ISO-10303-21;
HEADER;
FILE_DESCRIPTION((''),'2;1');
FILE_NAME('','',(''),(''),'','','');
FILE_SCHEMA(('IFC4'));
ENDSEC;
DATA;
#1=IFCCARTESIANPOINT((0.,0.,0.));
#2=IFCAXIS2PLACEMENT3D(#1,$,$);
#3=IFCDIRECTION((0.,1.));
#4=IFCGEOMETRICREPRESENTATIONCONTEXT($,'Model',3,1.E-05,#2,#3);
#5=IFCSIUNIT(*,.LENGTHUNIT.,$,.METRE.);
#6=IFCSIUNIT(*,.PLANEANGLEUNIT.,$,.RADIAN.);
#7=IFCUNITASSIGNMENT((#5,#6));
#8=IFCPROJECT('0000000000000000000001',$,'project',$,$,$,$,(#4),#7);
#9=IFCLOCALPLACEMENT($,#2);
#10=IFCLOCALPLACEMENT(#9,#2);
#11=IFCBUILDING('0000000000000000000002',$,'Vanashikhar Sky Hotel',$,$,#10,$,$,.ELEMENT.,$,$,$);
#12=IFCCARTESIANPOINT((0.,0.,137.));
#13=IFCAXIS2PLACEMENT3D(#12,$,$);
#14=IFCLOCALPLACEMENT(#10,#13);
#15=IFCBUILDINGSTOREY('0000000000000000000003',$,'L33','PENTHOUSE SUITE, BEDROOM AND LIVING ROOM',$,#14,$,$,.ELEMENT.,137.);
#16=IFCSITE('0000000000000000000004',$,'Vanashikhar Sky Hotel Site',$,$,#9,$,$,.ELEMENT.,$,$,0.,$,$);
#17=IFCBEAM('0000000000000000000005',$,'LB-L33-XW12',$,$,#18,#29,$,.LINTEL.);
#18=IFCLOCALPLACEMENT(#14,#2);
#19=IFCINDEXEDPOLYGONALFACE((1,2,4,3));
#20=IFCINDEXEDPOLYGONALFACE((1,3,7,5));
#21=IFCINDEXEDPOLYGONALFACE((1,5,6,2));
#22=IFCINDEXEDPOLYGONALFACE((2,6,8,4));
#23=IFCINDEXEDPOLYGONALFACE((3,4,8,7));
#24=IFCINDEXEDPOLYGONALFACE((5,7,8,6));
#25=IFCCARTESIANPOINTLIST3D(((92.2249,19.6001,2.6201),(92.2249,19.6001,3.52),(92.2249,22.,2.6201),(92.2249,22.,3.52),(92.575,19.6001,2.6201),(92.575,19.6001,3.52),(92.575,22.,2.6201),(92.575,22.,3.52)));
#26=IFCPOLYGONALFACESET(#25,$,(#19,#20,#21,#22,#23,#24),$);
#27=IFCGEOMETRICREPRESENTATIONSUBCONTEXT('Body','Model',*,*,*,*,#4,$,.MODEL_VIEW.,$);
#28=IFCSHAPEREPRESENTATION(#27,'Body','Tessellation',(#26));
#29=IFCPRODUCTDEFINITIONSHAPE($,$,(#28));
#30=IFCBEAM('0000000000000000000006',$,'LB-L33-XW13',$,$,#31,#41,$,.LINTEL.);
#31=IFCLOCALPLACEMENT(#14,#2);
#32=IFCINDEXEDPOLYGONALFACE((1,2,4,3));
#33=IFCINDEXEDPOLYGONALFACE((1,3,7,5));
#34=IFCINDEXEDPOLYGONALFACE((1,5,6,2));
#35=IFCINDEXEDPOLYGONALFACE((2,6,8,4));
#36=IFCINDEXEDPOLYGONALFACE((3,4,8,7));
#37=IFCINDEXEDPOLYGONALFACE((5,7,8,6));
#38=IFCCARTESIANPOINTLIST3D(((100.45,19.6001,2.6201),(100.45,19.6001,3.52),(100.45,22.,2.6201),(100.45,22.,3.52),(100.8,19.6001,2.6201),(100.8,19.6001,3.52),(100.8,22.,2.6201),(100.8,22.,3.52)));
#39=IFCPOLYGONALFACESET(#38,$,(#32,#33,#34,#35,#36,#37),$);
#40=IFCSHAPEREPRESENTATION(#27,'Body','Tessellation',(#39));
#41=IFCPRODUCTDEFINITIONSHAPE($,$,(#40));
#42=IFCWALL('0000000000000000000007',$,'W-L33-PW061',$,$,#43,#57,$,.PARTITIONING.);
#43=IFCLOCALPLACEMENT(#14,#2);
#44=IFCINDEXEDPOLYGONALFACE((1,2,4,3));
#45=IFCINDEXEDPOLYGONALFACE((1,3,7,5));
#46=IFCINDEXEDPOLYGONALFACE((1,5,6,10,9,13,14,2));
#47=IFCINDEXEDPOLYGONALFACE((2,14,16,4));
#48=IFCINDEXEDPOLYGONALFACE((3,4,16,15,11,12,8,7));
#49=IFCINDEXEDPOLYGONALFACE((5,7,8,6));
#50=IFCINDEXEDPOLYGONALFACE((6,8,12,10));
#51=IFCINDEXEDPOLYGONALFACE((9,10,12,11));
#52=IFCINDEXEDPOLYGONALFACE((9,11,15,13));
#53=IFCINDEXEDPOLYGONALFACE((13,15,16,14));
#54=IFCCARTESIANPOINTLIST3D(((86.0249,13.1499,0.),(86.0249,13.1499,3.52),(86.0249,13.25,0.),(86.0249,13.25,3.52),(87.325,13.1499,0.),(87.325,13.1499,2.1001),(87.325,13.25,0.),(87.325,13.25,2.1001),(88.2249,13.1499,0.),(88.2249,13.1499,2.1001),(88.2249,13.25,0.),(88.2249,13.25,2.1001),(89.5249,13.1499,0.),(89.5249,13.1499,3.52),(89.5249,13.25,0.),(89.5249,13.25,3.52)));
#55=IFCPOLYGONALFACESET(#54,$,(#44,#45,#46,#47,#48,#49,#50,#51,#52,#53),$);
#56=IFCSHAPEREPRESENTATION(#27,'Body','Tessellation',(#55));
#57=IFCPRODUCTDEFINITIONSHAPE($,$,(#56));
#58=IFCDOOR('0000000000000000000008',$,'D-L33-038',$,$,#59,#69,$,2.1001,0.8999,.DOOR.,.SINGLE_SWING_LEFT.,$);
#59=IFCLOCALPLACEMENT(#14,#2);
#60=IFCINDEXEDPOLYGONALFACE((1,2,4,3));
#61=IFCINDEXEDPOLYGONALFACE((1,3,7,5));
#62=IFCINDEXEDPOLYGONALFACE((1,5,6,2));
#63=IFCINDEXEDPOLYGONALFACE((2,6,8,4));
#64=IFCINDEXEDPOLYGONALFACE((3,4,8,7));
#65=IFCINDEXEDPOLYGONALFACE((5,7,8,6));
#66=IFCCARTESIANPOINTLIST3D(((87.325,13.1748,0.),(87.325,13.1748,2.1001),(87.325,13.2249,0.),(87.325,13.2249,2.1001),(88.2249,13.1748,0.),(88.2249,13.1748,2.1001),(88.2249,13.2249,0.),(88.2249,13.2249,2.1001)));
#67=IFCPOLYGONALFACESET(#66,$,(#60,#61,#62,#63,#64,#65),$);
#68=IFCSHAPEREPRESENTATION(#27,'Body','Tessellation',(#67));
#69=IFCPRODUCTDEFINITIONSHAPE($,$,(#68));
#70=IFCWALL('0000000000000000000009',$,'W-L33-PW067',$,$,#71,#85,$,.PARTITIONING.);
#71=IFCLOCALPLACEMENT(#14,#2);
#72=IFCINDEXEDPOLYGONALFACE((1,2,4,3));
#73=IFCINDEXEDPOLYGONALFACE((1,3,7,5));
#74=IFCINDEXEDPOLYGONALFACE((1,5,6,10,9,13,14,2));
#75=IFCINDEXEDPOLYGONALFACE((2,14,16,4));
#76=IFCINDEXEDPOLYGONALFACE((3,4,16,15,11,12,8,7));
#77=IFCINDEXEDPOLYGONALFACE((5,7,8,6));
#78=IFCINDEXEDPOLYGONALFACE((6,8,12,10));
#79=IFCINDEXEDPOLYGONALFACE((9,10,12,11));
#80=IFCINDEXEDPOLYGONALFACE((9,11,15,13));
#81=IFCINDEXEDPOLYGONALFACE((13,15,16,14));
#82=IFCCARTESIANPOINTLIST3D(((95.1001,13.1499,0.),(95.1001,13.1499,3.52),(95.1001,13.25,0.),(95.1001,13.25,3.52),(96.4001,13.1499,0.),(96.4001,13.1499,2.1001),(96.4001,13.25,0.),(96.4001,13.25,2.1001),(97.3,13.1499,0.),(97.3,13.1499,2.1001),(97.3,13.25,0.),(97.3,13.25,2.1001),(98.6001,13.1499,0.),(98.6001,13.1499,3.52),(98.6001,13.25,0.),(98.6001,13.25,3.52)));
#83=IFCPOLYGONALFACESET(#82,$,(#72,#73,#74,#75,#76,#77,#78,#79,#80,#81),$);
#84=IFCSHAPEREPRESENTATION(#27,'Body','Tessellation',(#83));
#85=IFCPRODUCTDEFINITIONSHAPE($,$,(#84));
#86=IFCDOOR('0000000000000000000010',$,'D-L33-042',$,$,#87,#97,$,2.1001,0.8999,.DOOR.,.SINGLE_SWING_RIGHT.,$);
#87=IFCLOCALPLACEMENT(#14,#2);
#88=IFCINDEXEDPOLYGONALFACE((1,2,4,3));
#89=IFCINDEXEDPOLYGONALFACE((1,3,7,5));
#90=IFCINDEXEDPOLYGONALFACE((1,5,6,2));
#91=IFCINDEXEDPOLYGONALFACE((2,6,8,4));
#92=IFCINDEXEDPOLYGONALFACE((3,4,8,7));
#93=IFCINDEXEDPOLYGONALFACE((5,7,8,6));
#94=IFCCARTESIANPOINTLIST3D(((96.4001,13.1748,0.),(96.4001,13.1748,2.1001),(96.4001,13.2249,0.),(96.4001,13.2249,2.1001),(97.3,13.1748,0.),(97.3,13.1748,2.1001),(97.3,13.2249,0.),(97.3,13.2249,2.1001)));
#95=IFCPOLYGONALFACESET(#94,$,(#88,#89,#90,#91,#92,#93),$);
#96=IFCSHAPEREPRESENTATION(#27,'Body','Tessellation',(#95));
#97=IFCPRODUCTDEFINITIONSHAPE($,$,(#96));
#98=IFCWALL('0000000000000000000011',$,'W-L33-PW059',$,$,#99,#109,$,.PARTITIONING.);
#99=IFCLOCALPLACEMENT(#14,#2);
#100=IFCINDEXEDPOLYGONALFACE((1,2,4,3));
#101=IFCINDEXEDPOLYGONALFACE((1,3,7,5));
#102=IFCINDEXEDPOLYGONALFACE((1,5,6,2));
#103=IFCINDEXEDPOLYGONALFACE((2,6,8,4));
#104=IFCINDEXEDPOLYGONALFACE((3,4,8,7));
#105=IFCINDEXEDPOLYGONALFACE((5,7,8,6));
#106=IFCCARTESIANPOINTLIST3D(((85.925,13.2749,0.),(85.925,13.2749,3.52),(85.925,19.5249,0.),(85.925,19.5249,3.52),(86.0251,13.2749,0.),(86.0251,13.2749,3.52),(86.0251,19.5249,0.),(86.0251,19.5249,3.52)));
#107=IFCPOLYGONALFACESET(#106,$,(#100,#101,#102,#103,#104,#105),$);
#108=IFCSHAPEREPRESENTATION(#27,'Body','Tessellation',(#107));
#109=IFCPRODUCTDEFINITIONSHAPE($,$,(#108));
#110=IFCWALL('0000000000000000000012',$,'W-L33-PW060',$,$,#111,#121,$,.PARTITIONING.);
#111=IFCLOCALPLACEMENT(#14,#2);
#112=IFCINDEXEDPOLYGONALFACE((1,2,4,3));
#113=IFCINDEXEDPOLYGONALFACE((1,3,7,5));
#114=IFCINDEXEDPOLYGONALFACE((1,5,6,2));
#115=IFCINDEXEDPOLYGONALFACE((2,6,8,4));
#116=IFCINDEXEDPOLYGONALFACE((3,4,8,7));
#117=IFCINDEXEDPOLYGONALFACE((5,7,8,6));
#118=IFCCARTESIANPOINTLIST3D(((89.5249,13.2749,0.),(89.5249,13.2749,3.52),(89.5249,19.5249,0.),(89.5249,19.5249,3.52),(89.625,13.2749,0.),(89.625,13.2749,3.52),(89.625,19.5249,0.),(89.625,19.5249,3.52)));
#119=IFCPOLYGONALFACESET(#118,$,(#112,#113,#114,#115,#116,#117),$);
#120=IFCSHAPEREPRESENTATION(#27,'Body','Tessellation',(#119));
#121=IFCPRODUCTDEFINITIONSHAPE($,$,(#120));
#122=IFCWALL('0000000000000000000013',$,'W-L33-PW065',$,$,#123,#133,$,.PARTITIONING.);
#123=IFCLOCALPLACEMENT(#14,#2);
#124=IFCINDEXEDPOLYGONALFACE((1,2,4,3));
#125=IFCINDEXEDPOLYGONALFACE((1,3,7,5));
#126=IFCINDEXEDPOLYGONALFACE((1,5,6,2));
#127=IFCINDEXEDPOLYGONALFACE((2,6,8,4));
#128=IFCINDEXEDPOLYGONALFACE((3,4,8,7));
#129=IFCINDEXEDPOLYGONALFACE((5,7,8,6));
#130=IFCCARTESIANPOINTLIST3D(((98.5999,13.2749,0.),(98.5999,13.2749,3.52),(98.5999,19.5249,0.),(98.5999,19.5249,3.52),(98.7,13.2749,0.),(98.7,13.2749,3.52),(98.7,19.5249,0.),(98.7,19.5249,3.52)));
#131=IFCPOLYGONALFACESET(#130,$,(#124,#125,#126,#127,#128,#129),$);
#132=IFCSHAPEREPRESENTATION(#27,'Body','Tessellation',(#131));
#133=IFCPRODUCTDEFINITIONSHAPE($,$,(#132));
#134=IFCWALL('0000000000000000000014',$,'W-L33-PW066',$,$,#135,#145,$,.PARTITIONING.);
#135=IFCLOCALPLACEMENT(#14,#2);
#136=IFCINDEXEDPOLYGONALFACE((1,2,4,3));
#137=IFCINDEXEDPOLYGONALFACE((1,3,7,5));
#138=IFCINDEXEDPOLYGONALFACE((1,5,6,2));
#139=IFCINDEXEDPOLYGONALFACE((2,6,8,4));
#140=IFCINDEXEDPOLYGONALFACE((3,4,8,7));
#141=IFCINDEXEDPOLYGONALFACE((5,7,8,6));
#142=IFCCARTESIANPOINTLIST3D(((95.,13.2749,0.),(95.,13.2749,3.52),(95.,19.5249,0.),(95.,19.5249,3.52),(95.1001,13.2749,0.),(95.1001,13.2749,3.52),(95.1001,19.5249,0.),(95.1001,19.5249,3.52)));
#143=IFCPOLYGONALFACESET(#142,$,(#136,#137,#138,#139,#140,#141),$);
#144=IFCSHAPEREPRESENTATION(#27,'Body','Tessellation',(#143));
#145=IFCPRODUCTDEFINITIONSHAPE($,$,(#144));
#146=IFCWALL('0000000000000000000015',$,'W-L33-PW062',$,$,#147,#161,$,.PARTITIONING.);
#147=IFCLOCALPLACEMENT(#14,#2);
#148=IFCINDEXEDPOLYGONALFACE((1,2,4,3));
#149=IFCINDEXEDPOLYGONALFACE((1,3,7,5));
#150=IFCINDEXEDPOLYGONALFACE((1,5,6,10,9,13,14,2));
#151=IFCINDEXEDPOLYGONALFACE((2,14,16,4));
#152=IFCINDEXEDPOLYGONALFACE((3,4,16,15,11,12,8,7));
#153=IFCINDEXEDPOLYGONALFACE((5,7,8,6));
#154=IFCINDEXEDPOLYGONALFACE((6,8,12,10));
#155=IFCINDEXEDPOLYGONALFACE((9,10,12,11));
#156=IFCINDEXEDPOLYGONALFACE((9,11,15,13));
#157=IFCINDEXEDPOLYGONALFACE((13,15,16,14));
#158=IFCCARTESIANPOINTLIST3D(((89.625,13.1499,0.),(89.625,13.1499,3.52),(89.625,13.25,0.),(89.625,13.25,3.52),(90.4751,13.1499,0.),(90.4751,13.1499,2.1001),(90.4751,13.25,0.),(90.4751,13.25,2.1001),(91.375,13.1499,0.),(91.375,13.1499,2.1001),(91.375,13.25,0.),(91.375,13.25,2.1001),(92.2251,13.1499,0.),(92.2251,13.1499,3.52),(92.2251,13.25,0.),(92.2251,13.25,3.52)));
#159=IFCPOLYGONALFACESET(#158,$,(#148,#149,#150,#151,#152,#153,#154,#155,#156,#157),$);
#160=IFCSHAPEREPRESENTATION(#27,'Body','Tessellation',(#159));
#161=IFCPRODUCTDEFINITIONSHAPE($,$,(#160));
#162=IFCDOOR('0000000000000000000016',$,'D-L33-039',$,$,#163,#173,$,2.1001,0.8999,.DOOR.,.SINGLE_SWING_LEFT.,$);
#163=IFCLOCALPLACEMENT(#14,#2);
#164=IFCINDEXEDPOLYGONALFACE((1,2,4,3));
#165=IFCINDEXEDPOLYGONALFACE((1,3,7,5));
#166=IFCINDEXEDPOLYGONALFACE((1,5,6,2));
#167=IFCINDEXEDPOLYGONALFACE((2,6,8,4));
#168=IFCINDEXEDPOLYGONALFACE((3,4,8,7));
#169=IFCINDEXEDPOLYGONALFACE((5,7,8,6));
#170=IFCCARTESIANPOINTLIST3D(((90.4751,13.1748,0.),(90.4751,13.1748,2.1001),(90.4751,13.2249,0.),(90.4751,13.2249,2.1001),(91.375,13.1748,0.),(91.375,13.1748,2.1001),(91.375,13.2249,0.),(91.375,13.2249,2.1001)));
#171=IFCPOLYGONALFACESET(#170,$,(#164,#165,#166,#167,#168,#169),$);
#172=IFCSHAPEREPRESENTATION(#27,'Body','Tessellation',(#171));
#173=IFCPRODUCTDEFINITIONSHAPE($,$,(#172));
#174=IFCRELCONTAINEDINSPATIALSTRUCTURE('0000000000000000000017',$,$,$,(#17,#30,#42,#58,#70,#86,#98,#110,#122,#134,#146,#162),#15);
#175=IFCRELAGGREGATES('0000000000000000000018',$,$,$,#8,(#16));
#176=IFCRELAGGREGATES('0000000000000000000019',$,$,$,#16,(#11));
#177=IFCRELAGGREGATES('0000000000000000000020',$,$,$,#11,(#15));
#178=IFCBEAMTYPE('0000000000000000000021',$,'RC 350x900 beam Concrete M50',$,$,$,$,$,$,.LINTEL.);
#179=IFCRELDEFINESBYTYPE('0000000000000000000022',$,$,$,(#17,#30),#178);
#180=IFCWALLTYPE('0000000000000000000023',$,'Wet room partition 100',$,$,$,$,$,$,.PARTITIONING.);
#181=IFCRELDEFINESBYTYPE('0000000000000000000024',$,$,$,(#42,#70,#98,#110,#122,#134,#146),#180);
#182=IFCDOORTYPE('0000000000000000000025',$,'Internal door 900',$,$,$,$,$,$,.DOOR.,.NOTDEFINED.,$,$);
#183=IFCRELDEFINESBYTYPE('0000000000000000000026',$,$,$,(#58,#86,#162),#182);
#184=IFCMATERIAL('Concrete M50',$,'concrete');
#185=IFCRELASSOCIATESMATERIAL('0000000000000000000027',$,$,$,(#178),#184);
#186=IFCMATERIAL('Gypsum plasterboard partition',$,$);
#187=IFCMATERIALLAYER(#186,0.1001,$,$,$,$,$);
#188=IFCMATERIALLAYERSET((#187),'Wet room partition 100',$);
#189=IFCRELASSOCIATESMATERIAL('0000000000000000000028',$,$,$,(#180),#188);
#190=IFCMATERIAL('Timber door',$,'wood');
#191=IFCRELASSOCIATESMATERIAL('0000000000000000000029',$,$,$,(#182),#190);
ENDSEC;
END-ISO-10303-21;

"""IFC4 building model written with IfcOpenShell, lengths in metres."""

from ifc_helpers import new_model, si_unit, direction, frame, frame_2d, origin, origin_2d, place, context, subcontext, project, spatial, rectangle, extrude, source, transform, mapped, material, layer, layer_set, material_profile, profile_set, type_object, element, fill, save


model = new_model("IFC4")

# Units and contexts
model_context = context("Model", 3, precision=1e-05, world=origin(), true_north=direction((0.0, 1.0)))
body_context = subcontext(model_context, "Body", "Model", "MODEL_VIEW")
ifc_project = project(units=[si_unit("LENGTHUNIT", "METRE"), si_unit("PLANEANGLEUNIT", "RADIAN")], contexts=[model_context])

# Site, building, storey
site_placement = place(None, origin())
site = spatial("IfcSite", under=ifc_project, at=site_placement, Name="Vanashikhar Sky Hotel Site", CompositionType="ELEMENT", RefElevation=0.0)
building_placement = place(site_placement, origin())
building = spatial("IfcBuilding", under=site, at=building_placement, Name="Vanashikhar Sky Hotel", CompositionType="ELEMENT")
storey_placement = place(building_placement, frame((0.0, 0.0, 137.0)))
storey = spatial("IfcBuildingStorey", under=building, at=storey_placement, Name="L33", Description="PENTHOUSE SUITE, BEDROOM AND LIVING ROOM", CompositionType="ELEMENT", Elevation=137.0)

# Beams
ifc_material_1 = material(Name="Concrete M50", Category="concrete")
ifc_material_profile = material_profile(ifc_material_1, rectangle(XDim=0.3501, YDim=0.8999, at=origin_2d()))
ifc_profile_set = profile_set([ifc_material_profile], Name="RC 350x900 beam Concrete M50")
beam_type = type_object("IfcBeamType", Name="RC 350x900 beam Concrete M50", PredefinedType="LINTEL", material=ifc_profile_set)
shared_shape_1 = source(origin(), body_context, "Body", "SweptSolid", [
    extrude(rectangle(XDim=0.3501, YDim=0.8999, at=origin_2d()), origin(), (0.0, 0.0, 1.0), 2.3999),
])
for number, where, z_axis, x_axis, name in (
    (1, (92.3999, 19.6001, 3.0701), (0.0, 1.0, 0.0), (-1.0, 0.0, 0.0), "LB-L33-XW12"),
    (2, (100.625, 19.6001, 3.0701), (0.0, 1.0, 0.0), (-1.0, 0.0, 0.0), "LB-L33-XW13"),
):
    element("IfcBeam", number, at=place(storey_placement, frame(where, z_axis=z_axis, x_axis=x_axis)), inside=storey, type_object=beam_type, Name=name, PredefinedType="LINTEL", context=body_context, shape_type="MappedRepresentation", body=[
        mapped(shared_shape_1, transform((0.0, 0.0, 0.0), scale=1.0)),
    ])

# Walls, openings, doors
ifc_material_2 = material(Name="Gypsum plasterboard partition")
ifc_layer_1 = layer(ifc_material_2, 0.1001)
ifc_layer_set_1 = layer_set([ifc_layer_1], Name="Wet room partition 100")
wall_type_1 = type_object("IfcWallType", Name="Wet room partition 100", PredefinedType="PARTITIONING", material=ifc_layer_set_1)
shared_shape_2 = source(origin(), body_context, "Body", "SweptSolid", [
    extrude(rectangle(XDim=3.5, YDim=0.1001, at=frame_2d((1.75, 0.0))), origin(), (0.0, 0.0, 1.0), 3.52),
])
wall_1_placement = place(storey_placement, frame((86.0249, 13.2, 0.0), z_axis=(0.0, 0.0, 1.0), x_axis=(1.0, 0.0, 0.0)))
wall_1 = element("IfcWall", 3, at=wall_1_placement, inside=storey, type_object=wall_type_1, Name="W-L33-PW061", PredefinedType="PARTITIONING", context=body_context, shape_type="MappedRepresentation", body=[
    mapped(shared_shape_2, transform((0.0, 0.0, 0.0), scale=1.0)),
])
shared_shape_3 = source(origin(), body_context, "Body", "SweptSolid", [
    extrude(rectangle(XDim=0.8999, YDim=2.1001, at=frame_2d((0.45, 1.05))), frame((0.0, 0.0601, 0.0), z_axis=(0.0, -1.0, 0.0), x_axis=(1.0, 0.0, 0.0)), (0.0, 0.0, 1.0), 0.1201),
])
opening_1_placement = place(wall_1_placement, frame((1.3, 0.0, 0.0)))
opening_1 = element("IfcOpeningElement", 4, at=opening_1_placement, cuts=wall_1, PredefinedType="OPENING", context=body_context, shape_type="MappedRepresentation", body=[
    mapped(shared_shape_3, transform((0.0, 0.0, 0.0), scale=1.0)),
])
ifc_material_3 = material(Name="Timber door", Category="wood")
door_type_1 = type_object("IfcDoorType", Name="Internal door 900", OperationType="NOTDEFINED", PredefinedType="DOOR", material=ifc_material_3)
shared_shape_4 = source(origin(), body_context, "Body", "SweptSolid", [
    extrude(rectangle(XDim=0.8999, YDim=2.1001, at=frame_2d((0.45, 1.05))), frame((0.0, 0.0249, 0.0), z_axis=(0.0, -1.0, 0.0), x_axis=(1.0, 0.0, 0.0)), (0.0, 0.0, 1.0), 0.05),
])
door_1_placement = place(opening_1_placement, origin())
door_1 = element("IfcDoor", 5, at=door_1_placement, inside=storey, type_object=door_type_1, Name="D-L33-038", OperationType="SINGLE_SWING_LEFT", OverallHeight=2.1001, OverallWidth=0.8999, PredefinedType="DOOR", context=body_context, shape_type="MappedRepresentation", body=[
    mapped(shared_shape_4, transform((0.0, 0.0, 0.0), scale=1.0)),
])
fill(opening_1, door_1)
wall_2_placement = place(storey_placement, frame((95.1001, 13.2, 0.0), z_axis=(0.0, 0.0, 1.0), x_axis=(1.0, 0.0, 0.0)))
wall_2 = element("IfcWall", 6, at=wall_2_placement, inside=storey, type_object=wall_type_1, Name="W-L33-PW067", PredefinedType="PARTITIONING", context=body_context, shape_type="MappedRepresentation", body=[
    mapped(shared_shape_2, transform((0.0, 0.0, 0.0), scale=1.0)),
])
opening_2_placement = place(wall_2_placement, frame((1.3, 0.0, 0.0)))
opening_2 = element("IfcOpeningElement", 7, at=opening_2_placement, cuts=wall_2, PredefinedType="OPENING", context=body_context, shape_type="MappedRepresentation", body=[
    mapped(shared_shape_3, transform((0.0, 0.0, 0.0), scale=1.0)),
])
door_2_placement = place(opening_2_placement, origin())
door_2 = element("IfcDoor", 8, at=door_2_placement, inside=storey, type_object=door_type_1, Name="D-L33-042", OperationType="SINGLE_SWING_RIGHT", OverallHeight=2.1001, OverallWidth=0.8999, PredefinedType="DOOR", context=body_context, shape_type="MappedRepresentation", body=[
    mapped(shared_shape_4, transform((0.0, 0.0, 0.0), scale=1.0)),
])
fill(opening_2, door_2)

# Walls
shared_shape_5 = source(origin(), body_context, "Body", "SweptSolid", [
    extrude(rectangle(XDim=6.25, YDim=0.1001, at=frame_2d((3.125, 0.0))), origin(), (0.0, 0.0, 1.0), 3.52),
])
for number, where, z_axis, x_axis, name in (
    (9, (85.9751, 13.2749, 0.0), (0.0, 0.0, 1.0), (0.0, 1.0, 0.0), "W-L33-PW059"),
    (10, (89.575, 13.2749, 0.0), (0.0, 0.0, 1.0), (0.0, 1.0, 0.0), "W-L33-PW060"),
    (11, (98.6499, 13.2749, 0.0), (0.0, 0.0, 1.0), (0.0, 1.0, 0.0), "W-L33-PW065"),
    (12, (95.05, 13.2749, 0.0), (0.0, 0.0, 1.0), (0.0, 1.0, 0.0), "W-L33-PW066"),
):
    element("IfcWall", number, at=place(storey_placement, frame(where, z_axis=z_axis, x_axis=x_axis)), inside=storey, type_object=wall_type_1, Name=name, PredefinedType="PARTITIONING", context=body_context, shape_type="MappedRepresentation", body=[
        mapped(shared_shape_5, transform((0.0, 0.0, 0.0), scale=1.0)),
    ])

# Wall, opening, door
shared_shape_6 = source(origin(), body_context, "Body", "SweptSolid", [
    extrude(rectangle(XDim=2.6001, YDim=0.1001, at=frame_2d((1.3, 0.0))), origin(), (0.0, 0.0, 1.0), 3.52),
])
wall_3_placement = place(storey_placement, frame((89.625, 13.2, 0.0), z_axis=(0.0, 0.0, 1.0), x_axis=(1.0, 0.0, 0.0)))
wall_3 = element("IfcWall", 13, at=wall_3_placement, inside=storey, type_object=wall_type_1, Name="W-L33-PW062", PredefinedType="PARTITIONING", context=body_context, shape_type="MappedRepresentation", body=[
    mapped(shared_shape_6, transform((0.0, 0.0, 0.0), scale=1.0)),
])
opening_3_placement = place(wall_3_placement, frame((0.8501, 0.0, 0.0)))
opening_3 = element("IfcOpeningElement", 14, at=opening_3_placement, cuts=wall_3, PredefinedType="OPENING", context=body_context, shape_type="MappedRepresentation", body=[
    mapped(shared_shape_3, transform((0.0, 0.0, 0.0), scale=1.0)),
])
door_3_placement = place(opening_3_placement, origin())
door_3 = element("IfcDoor", 15, at=door_3_placement, inside=storey, type_object=door_type_1, Name="D-L33-039", OperationType="SINGLE_SWING_LEFT", OverallHeight=2.1001, OverallWidth=0.8999, PredefinedType="DOOR", context=body_context, shape_type="MappedRepresentation", body=[
    mapped(shared_shape_4, transform((0.0, 0.0, 0.0), scale=1.0)),
])
fill(opening_3, door_3)

save(model, "model.ifc")
